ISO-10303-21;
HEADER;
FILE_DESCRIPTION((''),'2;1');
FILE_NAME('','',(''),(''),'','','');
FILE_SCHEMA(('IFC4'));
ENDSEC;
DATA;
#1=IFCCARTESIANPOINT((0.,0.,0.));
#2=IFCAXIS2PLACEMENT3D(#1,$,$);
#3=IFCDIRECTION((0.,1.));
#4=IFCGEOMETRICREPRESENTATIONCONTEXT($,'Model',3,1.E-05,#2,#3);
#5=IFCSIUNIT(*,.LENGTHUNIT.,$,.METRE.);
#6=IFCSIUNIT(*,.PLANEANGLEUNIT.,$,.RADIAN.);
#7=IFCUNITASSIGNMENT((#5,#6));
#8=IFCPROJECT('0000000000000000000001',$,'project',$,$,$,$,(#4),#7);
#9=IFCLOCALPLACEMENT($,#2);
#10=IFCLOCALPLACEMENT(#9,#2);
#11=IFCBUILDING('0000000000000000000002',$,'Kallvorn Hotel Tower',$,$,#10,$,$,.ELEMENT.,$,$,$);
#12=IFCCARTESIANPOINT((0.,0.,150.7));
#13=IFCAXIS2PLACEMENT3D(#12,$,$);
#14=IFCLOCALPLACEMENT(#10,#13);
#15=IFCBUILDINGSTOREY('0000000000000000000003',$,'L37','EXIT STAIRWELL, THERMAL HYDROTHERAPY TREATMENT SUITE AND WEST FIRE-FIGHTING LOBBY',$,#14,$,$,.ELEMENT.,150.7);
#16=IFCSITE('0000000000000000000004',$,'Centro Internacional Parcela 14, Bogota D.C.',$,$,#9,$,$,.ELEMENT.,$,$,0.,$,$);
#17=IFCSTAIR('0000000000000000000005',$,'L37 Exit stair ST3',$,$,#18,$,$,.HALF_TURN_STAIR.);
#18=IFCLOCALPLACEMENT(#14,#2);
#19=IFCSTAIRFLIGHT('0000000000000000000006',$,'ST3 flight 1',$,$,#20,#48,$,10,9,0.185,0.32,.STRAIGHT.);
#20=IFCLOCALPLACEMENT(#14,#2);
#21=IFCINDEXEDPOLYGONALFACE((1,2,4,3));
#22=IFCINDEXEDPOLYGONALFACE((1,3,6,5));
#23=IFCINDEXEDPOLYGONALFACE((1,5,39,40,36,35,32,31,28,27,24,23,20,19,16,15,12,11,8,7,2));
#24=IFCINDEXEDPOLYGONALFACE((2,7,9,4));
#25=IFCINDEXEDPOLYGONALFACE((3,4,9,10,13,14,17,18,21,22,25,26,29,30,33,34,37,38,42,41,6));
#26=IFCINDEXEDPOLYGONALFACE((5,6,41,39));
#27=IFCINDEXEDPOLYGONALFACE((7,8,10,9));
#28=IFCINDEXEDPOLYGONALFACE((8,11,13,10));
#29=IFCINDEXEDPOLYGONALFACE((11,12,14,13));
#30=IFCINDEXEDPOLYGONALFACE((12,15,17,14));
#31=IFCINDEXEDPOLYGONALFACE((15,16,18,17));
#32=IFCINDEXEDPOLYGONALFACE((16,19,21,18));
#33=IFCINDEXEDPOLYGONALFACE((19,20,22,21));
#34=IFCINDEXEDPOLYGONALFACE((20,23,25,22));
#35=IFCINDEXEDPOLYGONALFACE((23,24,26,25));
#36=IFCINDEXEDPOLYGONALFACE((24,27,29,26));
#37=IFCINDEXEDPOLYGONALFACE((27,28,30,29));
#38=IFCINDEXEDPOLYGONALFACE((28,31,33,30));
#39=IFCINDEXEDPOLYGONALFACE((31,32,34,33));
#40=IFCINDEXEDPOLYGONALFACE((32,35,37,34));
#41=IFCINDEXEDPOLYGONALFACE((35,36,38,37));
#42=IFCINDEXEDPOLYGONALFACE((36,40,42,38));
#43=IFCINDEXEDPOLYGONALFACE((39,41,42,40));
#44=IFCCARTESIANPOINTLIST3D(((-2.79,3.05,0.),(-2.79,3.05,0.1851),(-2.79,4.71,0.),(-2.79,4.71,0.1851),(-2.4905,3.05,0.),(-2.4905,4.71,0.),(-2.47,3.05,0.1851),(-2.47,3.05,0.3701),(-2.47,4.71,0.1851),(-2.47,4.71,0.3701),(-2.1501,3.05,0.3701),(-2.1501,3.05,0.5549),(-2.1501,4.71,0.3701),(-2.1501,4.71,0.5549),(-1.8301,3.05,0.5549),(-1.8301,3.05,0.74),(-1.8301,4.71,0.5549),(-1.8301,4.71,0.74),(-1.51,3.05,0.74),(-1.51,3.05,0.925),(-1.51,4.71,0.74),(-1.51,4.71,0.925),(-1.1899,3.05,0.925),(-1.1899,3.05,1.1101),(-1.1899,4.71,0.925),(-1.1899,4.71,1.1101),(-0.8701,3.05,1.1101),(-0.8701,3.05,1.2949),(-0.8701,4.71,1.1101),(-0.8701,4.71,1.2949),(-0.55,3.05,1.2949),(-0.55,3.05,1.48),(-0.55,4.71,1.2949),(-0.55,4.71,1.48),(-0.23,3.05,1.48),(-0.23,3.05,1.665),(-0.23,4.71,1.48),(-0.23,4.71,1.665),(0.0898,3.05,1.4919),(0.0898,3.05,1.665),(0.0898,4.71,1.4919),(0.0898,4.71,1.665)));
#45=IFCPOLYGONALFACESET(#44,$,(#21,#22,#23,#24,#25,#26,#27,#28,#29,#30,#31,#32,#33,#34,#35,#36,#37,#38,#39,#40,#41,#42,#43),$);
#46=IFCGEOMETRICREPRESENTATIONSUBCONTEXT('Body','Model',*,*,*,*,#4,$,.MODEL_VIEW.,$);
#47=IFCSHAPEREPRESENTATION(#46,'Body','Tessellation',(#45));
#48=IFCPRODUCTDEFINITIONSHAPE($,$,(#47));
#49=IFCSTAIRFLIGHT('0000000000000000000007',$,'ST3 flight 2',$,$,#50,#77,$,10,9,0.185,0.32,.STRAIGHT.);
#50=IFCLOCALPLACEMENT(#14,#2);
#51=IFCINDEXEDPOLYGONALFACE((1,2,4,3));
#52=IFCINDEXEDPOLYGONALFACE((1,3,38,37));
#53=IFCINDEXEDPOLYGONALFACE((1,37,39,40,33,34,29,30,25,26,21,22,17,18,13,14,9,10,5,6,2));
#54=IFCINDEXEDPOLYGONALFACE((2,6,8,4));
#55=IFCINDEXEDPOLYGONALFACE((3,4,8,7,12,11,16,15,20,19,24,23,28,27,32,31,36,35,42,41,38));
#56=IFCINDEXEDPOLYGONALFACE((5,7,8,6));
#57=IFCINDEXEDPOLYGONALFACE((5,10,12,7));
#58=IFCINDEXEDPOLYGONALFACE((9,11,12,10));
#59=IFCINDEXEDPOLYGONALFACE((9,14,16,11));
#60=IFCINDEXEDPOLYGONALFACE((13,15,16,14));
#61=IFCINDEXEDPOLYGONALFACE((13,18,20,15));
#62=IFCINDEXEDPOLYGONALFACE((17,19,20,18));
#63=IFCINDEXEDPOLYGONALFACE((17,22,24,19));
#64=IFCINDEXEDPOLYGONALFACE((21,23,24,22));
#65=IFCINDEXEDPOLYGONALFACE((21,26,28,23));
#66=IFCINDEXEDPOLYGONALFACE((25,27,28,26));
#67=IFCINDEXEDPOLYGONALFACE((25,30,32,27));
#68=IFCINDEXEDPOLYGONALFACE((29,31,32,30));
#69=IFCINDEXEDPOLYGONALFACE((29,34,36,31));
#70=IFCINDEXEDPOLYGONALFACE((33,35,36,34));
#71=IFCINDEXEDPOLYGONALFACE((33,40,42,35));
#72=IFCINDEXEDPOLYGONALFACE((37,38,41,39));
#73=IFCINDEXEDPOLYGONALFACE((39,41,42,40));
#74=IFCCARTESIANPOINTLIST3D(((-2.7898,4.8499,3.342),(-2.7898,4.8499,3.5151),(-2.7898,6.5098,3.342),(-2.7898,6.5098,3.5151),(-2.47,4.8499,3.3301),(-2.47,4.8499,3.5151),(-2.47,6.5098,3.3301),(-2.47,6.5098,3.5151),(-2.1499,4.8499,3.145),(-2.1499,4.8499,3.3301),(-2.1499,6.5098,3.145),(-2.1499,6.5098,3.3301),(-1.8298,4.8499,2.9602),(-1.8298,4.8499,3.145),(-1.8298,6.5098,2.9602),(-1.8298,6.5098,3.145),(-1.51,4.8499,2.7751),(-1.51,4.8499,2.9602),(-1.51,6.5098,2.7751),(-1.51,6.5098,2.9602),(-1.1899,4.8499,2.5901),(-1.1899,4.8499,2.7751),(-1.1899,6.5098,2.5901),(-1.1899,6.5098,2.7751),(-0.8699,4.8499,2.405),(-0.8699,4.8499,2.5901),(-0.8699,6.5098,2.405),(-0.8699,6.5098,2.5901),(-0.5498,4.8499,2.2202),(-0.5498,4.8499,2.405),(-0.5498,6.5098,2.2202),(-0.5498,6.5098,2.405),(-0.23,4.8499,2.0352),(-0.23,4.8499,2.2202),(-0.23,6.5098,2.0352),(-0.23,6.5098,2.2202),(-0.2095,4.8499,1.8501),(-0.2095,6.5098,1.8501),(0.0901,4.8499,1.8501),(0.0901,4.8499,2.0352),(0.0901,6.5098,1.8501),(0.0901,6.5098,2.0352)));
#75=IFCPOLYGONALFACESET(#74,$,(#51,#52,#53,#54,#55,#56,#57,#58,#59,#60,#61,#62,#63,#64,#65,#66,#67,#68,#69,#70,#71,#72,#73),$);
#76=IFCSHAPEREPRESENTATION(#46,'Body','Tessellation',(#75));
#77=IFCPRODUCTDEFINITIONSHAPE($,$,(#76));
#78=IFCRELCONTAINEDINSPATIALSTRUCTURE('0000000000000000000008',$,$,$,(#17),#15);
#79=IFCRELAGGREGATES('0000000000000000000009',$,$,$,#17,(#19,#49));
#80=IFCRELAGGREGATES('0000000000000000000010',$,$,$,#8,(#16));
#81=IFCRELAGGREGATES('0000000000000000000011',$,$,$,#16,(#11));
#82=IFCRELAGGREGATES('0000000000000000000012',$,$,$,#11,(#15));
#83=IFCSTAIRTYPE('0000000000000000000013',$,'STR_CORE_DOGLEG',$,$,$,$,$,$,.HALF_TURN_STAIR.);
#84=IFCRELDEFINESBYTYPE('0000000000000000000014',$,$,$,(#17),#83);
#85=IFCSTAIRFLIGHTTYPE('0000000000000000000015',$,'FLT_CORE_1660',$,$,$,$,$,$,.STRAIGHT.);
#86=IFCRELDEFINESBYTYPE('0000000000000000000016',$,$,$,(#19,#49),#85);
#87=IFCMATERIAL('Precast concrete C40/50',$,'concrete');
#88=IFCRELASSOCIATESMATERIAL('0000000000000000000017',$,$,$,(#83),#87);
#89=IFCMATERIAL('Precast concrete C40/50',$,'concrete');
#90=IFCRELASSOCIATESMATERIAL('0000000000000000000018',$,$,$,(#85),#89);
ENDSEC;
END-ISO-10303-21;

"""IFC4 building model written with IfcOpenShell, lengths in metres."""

from ifc_helpers import new_model, si_unit, direction, frame, origin, place, context, subcontext, project, spatial, polyline, outline, extrude, material, type_object, element, aggregate, save


model = new_model("IFC4")

# Units and contexts
model_context = context("Model", 3, precision=1e-05, world=origin(), true_north=direction((0.0, 1.0)))
body_context = subcontext(model_context, "Body", "Model", "MODEL_VIEW")
ifc_project = project(units=[si_unit("LENGTHUNIT", "METRE"), si_unit("PLANEANGLEUNIT", "RADIAN")], contexts=[model_context])

# Site, building, storey
site_placement = place(None, origin())
site = spatial("IfcSite", under=ifc_project, at=site_placement, Name="Centro Internacional Parcela 14, Bogota D.C.", CompositionType="ELEMENT", RefElevation=0.0)
building_placement = place(site_placement, origin())
building = spatial("IfcBuilding", under=site, at=building_placement, Name="Kallvorn Hotel Tower", CompositionType="ELEMENT")
storey_placement = place(building_placement, frame((0.0, 0.0, 150.7)))
storey = spatial("IfcBuildingStorey", under=building, at=storey_placement, Name="L37", Description="EXIT STAIRWELL, THERMAL HYDROTHERAPY TREATMENT SUITE AND WEST FIRE-FIGHTING LOBBY", CompositionType="ELEMENT", Elevation=150.7)

# Stair
ifc_material_1 = material(Name="Precast concrete C40/50", Category="concrete")
stair_type = type_object("IfcStairType", Name="STR_CORE_DOGLEG", PredefinedType="HALF_TURN_STAIR", material=ifc_material_1)
stair_1_placement = place(storey_placement, origin())
stair_1 = element("IfcStair", 1, at=stair_1_placement, inside=storey, type_object=stair_type, Name="L37 Exit stair ST3", PredefinedType="HALF_TURN_STAIR")

# Stair flights
ifc_material_2 = material(Name="Precast concrete C40/50", Category="concrete")
stair_flight_type = type_object("IfcStairFlightType", Name="FLT_CORE_1660", PredefinedType="STRAIGHT", material=ifc_material_2)
stair_flight_1_placement = place(storey_placement, frame((-2.79, 3.8799, 0.0), z_axis=(0.0, 0.0, 1.0), x_axis=(1.0, 0.0, 0.0)))
stair_flight_1 = element("IfcStairFlight", 2, at=stair_flight_1_placement, type_object=stair_flight_type, Name="ST3 flight 1", NumberOfRisers=10, NumberOfTreads=9, PredefinedType="STRAIGHT", RiserHeight=0.185, TreadLength=0.32, context=body_context, shape_type="SweptSolid", body=[
    extrude(outline(polyline([(0.0, 0.0), (0.0, 0.1851), (0.3201, 0.1851), (0.3201, 0.3701), (0.6399, 0.3701), (0.6399, 0.5549), (0.96, 0.5549), (0.96, 0.74), (1.28, 0.74), (1.28, 0.925), (1.6001, 0.925), (1.6001, 1.1101), (1.9199, 1.1101), (1.9199, 1.2949), (2.24, 1.2949), (2.24, 1.48), (2.5601, 1.48), (2.5601, 1.665), (2.8799, 1.665), (2.8799, 1.8501), (2.8799, 1.4919), (0.2996, 0.0), (0.0, 0.0)])), frame((0.0, 0.8301, 0.0), z_axis=(0.0, -1.0, 0.0), x_axis=(1.0, 0.0, 0.0)), (0.0, 0.0, 1.0), 1.6599),
])
stair_flight_2_placement = place(storey_placement, frame((0.0901, 5.6799, 1.8501), z_axis=(0.0, 0.0, 1.0), x_axis=(-1.0, 0.0, 0.0)))
stair_flight_2 = element("IfcStairFlight", 3, at=stair_flight_2_placement, type_object=stair_flight_type, Name="ST3 flight 2", NumberOfRisers=10, NumberOfTreads=9, PredefinedType="STRAIGHT", RiserHeight=0.185, TreadLength=0.32, context=body_context, shape_type="SweptSolid", body=[
    extrude(outline(polyline([(0.0, 0.0), (0.0, 0.1851), (0.3201, 0.1851), (0.3201, 0.3701), (0.6399, 0.3701), (0.6399, 0.5549), (0.96, 0.5549), (0.96, 0.74), (1.28, 0.74), (1.28, 0.925), (1.6001, 0.925), (1.6001, 1.1101), (1.9199, 1.1101), (1.9199, 1.2949), (2.24, 1.2949), (2.24, 1.48), (2.5601, 1.48), (2.5601, 1.665), (2.8799, 1.665), (2.8799, 1.8501), (2.8799, 1.4919), (0.2996, 0.0), (0.0, 0.0)])), frame((0.0, 0.8301, 0.0), z_axis=(0.0, -1.0, 0.0), x_axis=(1.0, 0.0, 0.0)), (0.0, 0.0, 1.0), 1.6599),
])
aggregate(stair_1, [stair_flight_1, stair_flight_2])

save(model, "model.ifc")
